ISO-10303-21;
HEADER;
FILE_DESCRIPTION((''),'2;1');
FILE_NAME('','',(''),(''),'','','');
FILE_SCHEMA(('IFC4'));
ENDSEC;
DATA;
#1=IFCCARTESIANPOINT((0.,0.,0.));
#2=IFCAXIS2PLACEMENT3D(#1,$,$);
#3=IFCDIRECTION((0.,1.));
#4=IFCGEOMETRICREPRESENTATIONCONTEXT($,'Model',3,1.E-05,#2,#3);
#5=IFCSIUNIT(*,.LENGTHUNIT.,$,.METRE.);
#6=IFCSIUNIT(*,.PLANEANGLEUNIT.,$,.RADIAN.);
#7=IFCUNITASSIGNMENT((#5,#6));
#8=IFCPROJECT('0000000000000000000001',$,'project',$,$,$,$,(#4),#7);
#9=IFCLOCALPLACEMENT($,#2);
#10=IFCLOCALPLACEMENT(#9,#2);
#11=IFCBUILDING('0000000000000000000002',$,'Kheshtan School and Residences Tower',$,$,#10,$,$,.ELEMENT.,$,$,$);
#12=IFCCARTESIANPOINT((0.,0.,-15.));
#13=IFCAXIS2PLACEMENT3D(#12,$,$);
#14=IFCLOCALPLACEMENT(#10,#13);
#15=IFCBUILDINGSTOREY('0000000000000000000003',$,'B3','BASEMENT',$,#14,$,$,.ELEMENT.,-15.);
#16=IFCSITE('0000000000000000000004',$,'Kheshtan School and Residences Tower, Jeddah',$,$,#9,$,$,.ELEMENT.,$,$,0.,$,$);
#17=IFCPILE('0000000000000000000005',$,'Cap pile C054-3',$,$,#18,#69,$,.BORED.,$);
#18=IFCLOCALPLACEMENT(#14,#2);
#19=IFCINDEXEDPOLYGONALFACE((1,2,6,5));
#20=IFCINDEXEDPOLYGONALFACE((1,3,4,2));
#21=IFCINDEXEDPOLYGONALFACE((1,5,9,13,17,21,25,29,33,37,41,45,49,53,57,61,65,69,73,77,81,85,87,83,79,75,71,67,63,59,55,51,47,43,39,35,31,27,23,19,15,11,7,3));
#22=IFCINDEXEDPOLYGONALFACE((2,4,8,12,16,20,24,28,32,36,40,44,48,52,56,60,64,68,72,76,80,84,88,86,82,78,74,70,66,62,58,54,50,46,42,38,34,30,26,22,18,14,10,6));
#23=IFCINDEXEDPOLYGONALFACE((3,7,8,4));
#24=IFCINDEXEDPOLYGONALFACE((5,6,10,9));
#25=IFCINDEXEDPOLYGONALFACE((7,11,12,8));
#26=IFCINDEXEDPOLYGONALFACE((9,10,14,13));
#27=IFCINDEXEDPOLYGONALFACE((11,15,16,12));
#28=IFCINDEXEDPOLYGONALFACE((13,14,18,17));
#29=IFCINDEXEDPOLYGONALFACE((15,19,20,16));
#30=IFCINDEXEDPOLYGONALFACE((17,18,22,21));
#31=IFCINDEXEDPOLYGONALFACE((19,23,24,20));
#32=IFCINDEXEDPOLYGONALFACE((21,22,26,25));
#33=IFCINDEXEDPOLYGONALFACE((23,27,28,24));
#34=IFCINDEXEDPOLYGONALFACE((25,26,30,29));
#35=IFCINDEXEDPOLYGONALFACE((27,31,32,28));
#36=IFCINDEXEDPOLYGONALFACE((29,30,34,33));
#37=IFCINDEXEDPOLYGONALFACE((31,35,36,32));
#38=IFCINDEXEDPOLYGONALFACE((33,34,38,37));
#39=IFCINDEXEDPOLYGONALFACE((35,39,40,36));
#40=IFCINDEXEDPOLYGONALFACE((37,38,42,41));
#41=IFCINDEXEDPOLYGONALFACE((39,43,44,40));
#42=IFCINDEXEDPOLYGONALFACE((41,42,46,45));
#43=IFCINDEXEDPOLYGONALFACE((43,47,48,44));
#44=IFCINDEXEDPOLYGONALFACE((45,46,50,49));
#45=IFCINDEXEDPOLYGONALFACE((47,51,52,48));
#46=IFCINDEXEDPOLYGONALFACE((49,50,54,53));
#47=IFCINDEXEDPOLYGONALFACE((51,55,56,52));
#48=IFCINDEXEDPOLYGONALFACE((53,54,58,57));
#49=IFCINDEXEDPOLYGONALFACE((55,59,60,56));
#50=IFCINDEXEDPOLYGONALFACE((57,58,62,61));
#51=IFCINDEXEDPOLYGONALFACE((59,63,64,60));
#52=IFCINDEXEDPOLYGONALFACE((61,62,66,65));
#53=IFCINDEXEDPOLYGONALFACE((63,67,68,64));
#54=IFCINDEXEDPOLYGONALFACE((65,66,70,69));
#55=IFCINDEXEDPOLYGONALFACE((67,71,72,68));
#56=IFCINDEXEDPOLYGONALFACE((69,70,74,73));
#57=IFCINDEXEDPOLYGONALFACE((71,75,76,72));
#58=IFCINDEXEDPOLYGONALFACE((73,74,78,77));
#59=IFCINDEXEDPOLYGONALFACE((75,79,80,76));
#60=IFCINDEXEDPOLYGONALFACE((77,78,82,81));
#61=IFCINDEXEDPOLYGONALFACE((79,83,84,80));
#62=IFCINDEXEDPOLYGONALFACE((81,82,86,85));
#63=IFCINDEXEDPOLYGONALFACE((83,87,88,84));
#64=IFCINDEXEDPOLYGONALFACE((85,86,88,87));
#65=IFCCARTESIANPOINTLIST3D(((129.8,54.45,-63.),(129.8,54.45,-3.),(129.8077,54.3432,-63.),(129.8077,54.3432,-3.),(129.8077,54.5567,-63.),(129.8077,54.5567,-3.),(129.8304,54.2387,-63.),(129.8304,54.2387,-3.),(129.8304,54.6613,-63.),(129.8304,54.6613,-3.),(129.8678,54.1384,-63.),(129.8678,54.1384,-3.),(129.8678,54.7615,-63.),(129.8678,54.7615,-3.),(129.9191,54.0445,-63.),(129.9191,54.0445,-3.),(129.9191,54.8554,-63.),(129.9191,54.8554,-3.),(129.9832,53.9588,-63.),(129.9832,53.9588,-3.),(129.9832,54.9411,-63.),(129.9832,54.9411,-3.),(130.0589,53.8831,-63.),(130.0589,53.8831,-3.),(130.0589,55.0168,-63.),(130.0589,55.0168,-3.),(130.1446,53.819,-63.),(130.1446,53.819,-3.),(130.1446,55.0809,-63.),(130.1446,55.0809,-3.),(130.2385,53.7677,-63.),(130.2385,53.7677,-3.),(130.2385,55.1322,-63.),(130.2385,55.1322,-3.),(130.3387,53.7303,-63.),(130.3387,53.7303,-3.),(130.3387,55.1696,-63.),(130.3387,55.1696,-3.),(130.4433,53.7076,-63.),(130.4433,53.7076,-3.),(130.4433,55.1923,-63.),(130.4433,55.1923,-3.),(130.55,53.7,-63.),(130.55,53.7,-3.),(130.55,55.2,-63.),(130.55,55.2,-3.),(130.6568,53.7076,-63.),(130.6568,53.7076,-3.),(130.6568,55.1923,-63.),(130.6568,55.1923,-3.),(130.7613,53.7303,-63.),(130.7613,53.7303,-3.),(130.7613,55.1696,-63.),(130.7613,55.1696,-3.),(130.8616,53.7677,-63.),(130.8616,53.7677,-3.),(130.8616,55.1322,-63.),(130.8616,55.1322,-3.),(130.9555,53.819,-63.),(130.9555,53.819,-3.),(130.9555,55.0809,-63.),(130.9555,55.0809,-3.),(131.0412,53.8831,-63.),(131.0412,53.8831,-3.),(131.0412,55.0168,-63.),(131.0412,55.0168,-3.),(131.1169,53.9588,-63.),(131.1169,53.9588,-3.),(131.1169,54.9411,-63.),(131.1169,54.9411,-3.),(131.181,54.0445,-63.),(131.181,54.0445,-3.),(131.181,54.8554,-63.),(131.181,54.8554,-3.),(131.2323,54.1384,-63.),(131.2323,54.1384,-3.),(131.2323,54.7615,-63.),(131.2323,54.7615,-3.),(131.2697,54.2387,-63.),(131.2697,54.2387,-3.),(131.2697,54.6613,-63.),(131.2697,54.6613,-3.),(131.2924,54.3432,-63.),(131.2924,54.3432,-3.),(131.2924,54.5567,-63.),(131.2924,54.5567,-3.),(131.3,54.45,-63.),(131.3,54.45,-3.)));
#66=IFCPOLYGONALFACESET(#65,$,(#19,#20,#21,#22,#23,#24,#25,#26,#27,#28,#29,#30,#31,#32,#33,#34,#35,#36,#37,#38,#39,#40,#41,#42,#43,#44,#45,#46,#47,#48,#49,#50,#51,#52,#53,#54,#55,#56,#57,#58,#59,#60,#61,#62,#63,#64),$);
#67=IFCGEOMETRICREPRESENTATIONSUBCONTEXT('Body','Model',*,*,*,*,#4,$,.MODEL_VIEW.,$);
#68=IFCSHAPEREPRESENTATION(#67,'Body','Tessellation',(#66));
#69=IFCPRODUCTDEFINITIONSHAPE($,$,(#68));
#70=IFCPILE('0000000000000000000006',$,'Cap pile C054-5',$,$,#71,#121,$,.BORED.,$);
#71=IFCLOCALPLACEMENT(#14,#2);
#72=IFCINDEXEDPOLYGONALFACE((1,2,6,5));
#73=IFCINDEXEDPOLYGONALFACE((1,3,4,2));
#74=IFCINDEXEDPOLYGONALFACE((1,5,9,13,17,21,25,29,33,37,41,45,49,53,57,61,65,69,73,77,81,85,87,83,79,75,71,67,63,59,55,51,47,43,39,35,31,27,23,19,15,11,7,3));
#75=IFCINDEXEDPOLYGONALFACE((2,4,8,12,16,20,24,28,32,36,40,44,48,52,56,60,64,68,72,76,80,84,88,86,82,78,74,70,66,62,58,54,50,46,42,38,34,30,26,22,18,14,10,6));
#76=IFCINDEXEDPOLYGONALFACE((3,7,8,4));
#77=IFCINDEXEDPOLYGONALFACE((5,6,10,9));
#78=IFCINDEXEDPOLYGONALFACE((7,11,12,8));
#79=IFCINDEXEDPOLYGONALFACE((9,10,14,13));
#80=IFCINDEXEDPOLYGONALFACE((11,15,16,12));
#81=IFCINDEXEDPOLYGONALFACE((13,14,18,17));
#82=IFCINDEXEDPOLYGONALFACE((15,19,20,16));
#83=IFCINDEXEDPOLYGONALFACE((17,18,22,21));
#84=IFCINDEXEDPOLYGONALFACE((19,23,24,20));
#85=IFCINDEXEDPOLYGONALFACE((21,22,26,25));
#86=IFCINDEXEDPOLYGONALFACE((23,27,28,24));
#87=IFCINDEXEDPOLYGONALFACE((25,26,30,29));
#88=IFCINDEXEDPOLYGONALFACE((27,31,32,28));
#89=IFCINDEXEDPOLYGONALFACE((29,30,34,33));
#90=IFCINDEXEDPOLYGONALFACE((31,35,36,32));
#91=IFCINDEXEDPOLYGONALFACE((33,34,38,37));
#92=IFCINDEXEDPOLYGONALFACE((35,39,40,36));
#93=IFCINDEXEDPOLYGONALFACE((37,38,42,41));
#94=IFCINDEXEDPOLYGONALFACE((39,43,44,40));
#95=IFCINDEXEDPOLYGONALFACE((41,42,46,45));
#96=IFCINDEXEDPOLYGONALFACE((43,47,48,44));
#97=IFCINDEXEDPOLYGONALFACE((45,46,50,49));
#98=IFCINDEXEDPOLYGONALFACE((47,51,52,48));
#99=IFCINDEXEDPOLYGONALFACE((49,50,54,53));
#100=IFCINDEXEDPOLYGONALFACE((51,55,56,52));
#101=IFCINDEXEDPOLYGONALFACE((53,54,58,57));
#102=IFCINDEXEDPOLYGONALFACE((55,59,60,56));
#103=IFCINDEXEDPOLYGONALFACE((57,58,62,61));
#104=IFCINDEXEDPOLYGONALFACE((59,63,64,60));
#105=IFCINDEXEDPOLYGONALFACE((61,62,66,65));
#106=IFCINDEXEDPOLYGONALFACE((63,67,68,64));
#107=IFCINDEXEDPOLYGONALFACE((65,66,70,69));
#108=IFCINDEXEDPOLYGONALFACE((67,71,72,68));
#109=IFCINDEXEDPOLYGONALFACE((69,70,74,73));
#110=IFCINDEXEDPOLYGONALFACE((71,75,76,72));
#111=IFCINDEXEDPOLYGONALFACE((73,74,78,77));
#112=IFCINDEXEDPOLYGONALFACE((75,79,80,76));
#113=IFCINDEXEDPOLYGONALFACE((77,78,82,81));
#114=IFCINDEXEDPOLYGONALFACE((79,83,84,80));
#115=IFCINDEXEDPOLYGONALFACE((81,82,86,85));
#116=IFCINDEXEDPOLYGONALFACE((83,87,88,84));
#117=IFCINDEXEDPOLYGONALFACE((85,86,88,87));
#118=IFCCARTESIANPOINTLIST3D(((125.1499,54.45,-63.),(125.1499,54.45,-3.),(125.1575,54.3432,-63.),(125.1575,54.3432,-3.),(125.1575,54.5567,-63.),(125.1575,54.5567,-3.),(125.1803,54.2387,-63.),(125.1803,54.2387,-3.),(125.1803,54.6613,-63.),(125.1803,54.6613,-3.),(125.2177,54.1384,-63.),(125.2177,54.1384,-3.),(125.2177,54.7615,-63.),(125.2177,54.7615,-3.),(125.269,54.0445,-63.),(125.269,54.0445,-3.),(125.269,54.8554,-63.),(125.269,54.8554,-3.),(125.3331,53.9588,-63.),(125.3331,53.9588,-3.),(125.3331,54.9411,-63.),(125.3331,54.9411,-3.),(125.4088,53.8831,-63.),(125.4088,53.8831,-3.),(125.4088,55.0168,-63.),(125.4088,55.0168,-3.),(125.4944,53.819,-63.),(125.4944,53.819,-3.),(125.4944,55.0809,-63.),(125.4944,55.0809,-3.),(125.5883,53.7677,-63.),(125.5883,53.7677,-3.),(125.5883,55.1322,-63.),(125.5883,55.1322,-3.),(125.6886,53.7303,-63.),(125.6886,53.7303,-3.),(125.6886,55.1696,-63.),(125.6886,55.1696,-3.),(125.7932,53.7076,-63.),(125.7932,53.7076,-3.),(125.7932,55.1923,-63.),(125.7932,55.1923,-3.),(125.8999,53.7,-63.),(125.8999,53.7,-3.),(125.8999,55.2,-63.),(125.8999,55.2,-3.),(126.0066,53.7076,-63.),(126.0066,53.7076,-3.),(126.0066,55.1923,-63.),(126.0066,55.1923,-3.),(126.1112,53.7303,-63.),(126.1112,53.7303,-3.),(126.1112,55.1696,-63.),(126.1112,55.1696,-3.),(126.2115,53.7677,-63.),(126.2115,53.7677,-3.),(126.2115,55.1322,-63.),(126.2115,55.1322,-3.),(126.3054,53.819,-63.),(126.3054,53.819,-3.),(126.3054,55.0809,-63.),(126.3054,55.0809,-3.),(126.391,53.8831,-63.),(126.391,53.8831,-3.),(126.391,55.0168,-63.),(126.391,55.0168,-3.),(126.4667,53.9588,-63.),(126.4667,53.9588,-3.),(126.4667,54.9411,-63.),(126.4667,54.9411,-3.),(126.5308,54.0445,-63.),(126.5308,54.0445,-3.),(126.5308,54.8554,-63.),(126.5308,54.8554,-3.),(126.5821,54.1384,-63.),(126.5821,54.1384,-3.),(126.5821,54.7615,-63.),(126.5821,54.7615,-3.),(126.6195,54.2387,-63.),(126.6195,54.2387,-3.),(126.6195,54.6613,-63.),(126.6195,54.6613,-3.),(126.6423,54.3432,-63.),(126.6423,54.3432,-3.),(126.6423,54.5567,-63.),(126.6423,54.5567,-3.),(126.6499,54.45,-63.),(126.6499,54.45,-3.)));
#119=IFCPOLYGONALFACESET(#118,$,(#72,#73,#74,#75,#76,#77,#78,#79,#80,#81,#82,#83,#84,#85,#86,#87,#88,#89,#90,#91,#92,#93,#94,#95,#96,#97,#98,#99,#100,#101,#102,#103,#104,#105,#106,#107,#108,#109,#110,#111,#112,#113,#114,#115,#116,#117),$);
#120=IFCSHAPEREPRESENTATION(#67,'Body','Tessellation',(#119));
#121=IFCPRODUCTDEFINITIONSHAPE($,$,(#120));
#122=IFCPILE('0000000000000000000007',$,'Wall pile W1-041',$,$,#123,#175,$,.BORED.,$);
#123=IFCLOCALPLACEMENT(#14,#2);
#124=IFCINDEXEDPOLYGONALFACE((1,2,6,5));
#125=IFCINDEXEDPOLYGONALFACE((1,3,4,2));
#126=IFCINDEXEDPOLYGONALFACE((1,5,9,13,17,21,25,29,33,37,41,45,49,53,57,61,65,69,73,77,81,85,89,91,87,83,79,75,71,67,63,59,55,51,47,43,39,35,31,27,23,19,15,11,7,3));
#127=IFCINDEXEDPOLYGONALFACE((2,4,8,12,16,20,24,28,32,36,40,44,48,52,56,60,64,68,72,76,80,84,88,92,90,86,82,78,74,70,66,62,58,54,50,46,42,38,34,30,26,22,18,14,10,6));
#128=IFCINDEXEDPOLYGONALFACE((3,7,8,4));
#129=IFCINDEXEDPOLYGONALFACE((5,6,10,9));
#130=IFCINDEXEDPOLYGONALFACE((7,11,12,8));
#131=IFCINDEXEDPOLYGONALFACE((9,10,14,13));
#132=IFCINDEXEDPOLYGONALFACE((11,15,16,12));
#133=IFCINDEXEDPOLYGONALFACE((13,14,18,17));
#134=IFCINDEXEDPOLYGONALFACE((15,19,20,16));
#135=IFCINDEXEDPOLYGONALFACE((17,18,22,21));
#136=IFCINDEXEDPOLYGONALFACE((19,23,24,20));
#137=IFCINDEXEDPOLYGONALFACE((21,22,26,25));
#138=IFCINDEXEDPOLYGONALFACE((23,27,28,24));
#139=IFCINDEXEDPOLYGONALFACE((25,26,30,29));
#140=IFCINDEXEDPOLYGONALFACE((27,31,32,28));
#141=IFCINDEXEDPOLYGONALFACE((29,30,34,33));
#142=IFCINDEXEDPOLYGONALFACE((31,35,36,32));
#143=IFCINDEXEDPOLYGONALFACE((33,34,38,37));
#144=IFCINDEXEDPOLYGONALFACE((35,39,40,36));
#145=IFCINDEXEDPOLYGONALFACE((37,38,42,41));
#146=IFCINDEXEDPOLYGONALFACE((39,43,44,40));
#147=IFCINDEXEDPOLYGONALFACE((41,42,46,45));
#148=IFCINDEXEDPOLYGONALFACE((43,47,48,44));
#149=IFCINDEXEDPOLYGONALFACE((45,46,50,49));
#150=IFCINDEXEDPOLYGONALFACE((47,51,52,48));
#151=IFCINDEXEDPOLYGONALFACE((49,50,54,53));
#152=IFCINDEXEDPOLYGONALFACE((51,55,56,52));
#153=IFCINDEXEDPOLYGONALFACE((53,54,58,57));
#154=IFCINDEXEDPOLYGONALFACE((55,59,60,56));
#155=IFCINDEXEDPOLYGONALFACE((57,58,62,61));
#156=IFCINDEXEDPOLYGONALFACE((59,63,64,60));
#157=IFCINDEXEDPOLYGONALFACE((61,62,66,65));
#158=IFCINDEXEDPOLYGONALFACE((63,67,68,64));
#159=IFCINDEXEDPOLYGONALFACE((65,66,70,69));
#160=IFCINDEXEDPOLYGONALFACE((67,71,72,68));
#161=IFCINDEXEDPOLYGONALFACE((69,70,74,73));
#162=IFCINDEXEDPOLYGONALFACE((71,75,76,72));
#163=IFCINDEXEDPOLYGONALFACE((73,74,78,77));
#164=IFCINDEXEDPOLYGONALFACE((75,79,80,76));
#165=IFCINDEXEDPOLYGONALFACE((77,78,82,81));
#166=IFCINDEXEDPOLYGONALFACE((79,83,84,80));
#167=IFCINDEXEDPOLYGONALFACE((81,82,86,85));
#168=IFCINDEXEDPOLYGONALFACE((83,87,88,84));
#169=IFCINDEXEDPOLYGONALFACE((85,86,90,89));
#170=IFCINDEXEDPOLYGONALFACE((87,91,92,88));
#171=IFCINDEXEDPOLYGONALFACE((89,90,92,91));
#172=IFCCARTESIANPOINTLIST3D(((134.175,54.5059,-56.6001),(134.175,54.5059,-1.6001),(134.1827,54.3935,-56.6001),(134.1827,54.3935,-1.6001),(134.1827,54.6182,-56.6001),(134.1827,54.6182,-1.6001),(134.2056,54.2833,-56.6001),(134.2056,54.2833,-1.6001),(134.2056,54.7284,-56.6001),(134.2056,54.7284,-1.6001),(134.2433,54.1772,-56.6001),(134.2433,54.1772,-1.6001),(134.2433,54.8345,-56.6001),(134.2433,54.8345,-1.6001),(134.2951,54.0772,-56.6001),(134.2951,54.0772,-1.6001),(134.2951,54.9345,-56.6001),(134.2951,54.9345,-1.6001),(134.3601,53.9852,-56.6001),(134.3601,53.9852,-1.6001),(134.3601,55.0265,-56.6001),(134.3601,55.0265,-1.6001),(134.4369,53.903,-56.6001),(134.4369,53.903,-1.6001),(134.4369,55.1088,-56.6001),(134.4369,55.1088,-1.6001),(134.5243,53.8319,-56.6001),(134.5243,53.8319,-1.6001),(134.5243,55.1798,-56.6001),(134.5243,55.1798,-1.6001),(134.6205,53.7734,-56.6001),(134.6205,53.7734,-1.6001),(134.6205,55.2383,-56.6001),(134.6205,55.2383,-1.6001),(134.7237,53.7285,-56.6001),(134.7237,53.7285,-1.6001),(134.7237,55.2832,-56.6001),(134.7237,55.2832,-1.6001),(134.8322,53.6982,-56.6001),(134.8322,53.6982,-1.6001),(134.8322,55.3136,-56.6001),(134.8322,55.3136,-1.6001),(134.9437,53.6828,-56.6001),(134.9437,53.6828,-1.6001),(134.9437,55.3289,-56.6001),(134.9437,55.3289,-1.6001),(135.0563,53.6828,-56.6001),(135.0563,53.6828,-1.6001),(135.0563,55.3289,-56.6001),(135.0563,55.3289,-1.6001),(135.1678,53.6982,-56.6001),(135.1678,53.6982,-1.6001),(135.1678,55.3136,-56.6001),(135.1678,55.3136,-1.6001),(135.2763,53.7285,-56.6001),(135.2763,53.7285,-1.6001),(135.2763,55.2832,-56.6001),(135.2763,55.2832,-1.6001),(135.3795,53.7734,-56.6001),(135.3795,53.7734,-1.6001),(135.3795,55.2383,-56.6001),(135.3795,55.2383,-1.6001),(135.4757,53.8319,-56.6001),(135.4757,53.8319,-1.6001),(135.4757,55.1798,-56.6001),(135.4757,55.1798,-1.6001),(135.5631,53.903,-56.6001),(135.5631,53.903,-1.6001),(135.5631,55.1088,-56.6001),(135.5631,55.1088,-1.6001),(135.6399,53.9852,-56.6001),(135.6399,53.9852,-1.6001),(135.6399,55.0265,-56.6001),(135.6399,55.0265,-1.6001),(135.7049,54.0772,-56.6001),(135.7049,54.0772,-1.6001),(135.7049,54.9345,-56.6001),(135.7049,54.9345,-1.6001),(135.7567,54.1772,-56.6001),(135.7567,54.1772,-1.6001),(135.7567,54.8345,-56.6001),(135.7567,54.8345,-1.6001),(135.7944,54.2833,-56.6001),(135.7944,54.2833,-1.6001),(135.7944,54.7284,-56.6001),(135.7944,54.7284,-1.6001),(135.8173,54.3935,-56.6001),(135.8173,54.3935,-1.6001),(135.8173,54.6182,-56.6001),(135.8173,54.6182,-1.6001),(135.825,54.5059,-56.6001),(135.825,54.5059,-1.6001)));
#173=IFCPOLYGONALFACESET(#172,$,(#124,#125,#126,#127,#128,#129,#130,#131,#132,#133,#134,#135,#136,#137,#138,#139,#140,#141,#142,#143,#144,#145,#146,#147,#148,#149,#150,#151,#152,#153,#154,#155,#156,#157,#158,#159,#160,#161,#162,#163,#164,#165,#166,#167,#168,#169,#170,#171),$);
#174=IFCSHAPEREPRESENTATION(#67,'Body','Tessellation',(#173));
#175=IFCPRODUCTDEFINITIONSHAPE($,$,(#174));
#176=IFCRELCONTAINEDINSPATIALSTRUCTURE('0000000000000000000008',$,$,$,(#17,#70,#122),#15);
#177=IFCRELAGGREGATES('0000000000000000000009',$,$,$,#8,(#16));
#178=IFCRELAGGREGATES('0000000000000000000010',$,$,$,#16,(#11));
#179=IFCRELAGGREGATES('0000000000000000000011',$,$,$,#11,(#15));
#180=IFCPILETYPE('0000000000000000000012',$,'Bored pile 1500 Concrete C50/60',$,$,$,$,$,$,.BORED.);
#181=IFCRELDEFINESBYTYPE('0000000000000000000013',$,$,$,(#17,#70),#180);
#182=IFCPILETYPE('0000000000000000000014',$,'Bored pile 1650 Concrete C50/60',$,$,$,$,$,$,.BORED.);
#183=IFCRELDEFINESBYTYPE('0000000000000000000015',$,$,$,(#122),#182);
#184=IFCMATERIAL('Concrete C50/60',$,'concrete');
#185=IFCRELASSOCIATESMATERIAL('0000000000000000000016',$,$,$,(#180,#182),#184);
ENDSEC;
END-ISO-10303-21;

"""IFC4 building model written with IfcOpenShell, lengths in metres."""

from ifc_helpers import new_model, si_unit, direction, frame, origin, origin_2d, place, context, subcontext, project, spatial, circle, extrude, material, material_profile, profile_set, type_object, element, save


model = new_model("IFC4")

# Units and contexts
model_context = context("Model", 3, precision=1e-05, world=origin(), true_north=direction((0.0, 1.0)))
body_context = subcontext(model_context, "Body", "Model", "MODEL_VIEW")
ifc_project = project(units=[si_unit("LENGTHUNIT", "METRE"), si_unit("PLANEANGLEUNIT", "RADIAN")], contexts=[model_context])

# Site, building, storey
site_placement = place(None, origin())
site = spatial("IfcSite", under=ifc_project, at=site_placement, Name="Kheshtan School and Residences Tower, Jeddah", CompositionType="ELEMENT", RefElevation=0.0)
building_placement = place(site_placement, origin())
building = spatial("IfcBuilding", under=site, at=building_placement, Name="Kheshtan School and Residences Tower", CompositionType="ELEMENT")
storey_placement = place(building_placement, frame((0.0, 0.0, -15.0)))
storey = spatial("IfcBuildingStorey", under=building, at=storey_placement, Name="B3", Description="BASEMENT", CompositionType="ELEMENT", Elevation=-15.0)

# Piles
ifc_material_1 = material(Name="Concrete C50/60", Category="concrete")
ifc_material_profile_1 = material_profile(ifc_material_1, circle(Radius=0.75, at=origin_2d()), Name="BP 1500")
ifc_profile_set_1 = profile_set([ifc_material_profile_1], Name="Concrete C50/60")
pile_type_1 = type_object("IfcPileType", Name="Bored pile 1500 Concrete C50/60", PredefinedType="BORED", material=ifc_profile_set_1)
for number, where, z_axis, x_axis, name in (
    (1, (130.55, 54.45, -3.0), (0.0, 0.0, -1.0), (1.0, 0.0, 0.0), "Cap pile C054-3"),
    (2, (125.8999, 54.45, -3.0), (0.0, 0.0, -1.0), (1.0, 0.0, 0.0), "Cap pile C054-5"),
):
    element("IfcPile", number, at=place(storey_placement, frame(where, z_axis=z_axis, x_axis=x_axis)), inside=storey, type_object=pile_type_1, Name=name, PredefinedType="BORED", context=body_context, shape_type="SweptSolid", body=[
        extrude(circle(Radius=0.75, at=origin_2d()), origin(), (0.0, 0.0, 1.0), 60.0),
    ])
ifc_material_profile_2 = material_profile(ifc_material_1, circle(Radius=0.825, at=origin_2d()), Name="BP 1650")
ifc_profile_set_2 = profile_set([ifc_material_profile_2], Name="Concrete C50/60")
pile_type_2 = type_object("IfcPileType", Name="Bored pile 1650 Concrete C50/60", PredefinedType="BORED", material=ifc_profile_set_2)
for number, where, z_axis, x_axis, name in (
    (3, (135.0, 54.5059, -1.6001), (0.0, 0.0, -1.0), (1.0, 0.0, 0.0), "Wall pile W1-041"),
):
    element("IfcPile", number, at=place(storey_placement, frame(where, z_axis=z_axis, x_axis=x_axis)), inside=storey, type_object=pile_type_2, Name=name, PredefinedType="BORED", context=body_context, shape_type="SweptSolid", body=[
        extrude(circle(Radius=0.825, at=origin_2d()), origin(), (0.0, 0.0, 1.0), 55.0),
    ])

save(model, "model.ifc")
